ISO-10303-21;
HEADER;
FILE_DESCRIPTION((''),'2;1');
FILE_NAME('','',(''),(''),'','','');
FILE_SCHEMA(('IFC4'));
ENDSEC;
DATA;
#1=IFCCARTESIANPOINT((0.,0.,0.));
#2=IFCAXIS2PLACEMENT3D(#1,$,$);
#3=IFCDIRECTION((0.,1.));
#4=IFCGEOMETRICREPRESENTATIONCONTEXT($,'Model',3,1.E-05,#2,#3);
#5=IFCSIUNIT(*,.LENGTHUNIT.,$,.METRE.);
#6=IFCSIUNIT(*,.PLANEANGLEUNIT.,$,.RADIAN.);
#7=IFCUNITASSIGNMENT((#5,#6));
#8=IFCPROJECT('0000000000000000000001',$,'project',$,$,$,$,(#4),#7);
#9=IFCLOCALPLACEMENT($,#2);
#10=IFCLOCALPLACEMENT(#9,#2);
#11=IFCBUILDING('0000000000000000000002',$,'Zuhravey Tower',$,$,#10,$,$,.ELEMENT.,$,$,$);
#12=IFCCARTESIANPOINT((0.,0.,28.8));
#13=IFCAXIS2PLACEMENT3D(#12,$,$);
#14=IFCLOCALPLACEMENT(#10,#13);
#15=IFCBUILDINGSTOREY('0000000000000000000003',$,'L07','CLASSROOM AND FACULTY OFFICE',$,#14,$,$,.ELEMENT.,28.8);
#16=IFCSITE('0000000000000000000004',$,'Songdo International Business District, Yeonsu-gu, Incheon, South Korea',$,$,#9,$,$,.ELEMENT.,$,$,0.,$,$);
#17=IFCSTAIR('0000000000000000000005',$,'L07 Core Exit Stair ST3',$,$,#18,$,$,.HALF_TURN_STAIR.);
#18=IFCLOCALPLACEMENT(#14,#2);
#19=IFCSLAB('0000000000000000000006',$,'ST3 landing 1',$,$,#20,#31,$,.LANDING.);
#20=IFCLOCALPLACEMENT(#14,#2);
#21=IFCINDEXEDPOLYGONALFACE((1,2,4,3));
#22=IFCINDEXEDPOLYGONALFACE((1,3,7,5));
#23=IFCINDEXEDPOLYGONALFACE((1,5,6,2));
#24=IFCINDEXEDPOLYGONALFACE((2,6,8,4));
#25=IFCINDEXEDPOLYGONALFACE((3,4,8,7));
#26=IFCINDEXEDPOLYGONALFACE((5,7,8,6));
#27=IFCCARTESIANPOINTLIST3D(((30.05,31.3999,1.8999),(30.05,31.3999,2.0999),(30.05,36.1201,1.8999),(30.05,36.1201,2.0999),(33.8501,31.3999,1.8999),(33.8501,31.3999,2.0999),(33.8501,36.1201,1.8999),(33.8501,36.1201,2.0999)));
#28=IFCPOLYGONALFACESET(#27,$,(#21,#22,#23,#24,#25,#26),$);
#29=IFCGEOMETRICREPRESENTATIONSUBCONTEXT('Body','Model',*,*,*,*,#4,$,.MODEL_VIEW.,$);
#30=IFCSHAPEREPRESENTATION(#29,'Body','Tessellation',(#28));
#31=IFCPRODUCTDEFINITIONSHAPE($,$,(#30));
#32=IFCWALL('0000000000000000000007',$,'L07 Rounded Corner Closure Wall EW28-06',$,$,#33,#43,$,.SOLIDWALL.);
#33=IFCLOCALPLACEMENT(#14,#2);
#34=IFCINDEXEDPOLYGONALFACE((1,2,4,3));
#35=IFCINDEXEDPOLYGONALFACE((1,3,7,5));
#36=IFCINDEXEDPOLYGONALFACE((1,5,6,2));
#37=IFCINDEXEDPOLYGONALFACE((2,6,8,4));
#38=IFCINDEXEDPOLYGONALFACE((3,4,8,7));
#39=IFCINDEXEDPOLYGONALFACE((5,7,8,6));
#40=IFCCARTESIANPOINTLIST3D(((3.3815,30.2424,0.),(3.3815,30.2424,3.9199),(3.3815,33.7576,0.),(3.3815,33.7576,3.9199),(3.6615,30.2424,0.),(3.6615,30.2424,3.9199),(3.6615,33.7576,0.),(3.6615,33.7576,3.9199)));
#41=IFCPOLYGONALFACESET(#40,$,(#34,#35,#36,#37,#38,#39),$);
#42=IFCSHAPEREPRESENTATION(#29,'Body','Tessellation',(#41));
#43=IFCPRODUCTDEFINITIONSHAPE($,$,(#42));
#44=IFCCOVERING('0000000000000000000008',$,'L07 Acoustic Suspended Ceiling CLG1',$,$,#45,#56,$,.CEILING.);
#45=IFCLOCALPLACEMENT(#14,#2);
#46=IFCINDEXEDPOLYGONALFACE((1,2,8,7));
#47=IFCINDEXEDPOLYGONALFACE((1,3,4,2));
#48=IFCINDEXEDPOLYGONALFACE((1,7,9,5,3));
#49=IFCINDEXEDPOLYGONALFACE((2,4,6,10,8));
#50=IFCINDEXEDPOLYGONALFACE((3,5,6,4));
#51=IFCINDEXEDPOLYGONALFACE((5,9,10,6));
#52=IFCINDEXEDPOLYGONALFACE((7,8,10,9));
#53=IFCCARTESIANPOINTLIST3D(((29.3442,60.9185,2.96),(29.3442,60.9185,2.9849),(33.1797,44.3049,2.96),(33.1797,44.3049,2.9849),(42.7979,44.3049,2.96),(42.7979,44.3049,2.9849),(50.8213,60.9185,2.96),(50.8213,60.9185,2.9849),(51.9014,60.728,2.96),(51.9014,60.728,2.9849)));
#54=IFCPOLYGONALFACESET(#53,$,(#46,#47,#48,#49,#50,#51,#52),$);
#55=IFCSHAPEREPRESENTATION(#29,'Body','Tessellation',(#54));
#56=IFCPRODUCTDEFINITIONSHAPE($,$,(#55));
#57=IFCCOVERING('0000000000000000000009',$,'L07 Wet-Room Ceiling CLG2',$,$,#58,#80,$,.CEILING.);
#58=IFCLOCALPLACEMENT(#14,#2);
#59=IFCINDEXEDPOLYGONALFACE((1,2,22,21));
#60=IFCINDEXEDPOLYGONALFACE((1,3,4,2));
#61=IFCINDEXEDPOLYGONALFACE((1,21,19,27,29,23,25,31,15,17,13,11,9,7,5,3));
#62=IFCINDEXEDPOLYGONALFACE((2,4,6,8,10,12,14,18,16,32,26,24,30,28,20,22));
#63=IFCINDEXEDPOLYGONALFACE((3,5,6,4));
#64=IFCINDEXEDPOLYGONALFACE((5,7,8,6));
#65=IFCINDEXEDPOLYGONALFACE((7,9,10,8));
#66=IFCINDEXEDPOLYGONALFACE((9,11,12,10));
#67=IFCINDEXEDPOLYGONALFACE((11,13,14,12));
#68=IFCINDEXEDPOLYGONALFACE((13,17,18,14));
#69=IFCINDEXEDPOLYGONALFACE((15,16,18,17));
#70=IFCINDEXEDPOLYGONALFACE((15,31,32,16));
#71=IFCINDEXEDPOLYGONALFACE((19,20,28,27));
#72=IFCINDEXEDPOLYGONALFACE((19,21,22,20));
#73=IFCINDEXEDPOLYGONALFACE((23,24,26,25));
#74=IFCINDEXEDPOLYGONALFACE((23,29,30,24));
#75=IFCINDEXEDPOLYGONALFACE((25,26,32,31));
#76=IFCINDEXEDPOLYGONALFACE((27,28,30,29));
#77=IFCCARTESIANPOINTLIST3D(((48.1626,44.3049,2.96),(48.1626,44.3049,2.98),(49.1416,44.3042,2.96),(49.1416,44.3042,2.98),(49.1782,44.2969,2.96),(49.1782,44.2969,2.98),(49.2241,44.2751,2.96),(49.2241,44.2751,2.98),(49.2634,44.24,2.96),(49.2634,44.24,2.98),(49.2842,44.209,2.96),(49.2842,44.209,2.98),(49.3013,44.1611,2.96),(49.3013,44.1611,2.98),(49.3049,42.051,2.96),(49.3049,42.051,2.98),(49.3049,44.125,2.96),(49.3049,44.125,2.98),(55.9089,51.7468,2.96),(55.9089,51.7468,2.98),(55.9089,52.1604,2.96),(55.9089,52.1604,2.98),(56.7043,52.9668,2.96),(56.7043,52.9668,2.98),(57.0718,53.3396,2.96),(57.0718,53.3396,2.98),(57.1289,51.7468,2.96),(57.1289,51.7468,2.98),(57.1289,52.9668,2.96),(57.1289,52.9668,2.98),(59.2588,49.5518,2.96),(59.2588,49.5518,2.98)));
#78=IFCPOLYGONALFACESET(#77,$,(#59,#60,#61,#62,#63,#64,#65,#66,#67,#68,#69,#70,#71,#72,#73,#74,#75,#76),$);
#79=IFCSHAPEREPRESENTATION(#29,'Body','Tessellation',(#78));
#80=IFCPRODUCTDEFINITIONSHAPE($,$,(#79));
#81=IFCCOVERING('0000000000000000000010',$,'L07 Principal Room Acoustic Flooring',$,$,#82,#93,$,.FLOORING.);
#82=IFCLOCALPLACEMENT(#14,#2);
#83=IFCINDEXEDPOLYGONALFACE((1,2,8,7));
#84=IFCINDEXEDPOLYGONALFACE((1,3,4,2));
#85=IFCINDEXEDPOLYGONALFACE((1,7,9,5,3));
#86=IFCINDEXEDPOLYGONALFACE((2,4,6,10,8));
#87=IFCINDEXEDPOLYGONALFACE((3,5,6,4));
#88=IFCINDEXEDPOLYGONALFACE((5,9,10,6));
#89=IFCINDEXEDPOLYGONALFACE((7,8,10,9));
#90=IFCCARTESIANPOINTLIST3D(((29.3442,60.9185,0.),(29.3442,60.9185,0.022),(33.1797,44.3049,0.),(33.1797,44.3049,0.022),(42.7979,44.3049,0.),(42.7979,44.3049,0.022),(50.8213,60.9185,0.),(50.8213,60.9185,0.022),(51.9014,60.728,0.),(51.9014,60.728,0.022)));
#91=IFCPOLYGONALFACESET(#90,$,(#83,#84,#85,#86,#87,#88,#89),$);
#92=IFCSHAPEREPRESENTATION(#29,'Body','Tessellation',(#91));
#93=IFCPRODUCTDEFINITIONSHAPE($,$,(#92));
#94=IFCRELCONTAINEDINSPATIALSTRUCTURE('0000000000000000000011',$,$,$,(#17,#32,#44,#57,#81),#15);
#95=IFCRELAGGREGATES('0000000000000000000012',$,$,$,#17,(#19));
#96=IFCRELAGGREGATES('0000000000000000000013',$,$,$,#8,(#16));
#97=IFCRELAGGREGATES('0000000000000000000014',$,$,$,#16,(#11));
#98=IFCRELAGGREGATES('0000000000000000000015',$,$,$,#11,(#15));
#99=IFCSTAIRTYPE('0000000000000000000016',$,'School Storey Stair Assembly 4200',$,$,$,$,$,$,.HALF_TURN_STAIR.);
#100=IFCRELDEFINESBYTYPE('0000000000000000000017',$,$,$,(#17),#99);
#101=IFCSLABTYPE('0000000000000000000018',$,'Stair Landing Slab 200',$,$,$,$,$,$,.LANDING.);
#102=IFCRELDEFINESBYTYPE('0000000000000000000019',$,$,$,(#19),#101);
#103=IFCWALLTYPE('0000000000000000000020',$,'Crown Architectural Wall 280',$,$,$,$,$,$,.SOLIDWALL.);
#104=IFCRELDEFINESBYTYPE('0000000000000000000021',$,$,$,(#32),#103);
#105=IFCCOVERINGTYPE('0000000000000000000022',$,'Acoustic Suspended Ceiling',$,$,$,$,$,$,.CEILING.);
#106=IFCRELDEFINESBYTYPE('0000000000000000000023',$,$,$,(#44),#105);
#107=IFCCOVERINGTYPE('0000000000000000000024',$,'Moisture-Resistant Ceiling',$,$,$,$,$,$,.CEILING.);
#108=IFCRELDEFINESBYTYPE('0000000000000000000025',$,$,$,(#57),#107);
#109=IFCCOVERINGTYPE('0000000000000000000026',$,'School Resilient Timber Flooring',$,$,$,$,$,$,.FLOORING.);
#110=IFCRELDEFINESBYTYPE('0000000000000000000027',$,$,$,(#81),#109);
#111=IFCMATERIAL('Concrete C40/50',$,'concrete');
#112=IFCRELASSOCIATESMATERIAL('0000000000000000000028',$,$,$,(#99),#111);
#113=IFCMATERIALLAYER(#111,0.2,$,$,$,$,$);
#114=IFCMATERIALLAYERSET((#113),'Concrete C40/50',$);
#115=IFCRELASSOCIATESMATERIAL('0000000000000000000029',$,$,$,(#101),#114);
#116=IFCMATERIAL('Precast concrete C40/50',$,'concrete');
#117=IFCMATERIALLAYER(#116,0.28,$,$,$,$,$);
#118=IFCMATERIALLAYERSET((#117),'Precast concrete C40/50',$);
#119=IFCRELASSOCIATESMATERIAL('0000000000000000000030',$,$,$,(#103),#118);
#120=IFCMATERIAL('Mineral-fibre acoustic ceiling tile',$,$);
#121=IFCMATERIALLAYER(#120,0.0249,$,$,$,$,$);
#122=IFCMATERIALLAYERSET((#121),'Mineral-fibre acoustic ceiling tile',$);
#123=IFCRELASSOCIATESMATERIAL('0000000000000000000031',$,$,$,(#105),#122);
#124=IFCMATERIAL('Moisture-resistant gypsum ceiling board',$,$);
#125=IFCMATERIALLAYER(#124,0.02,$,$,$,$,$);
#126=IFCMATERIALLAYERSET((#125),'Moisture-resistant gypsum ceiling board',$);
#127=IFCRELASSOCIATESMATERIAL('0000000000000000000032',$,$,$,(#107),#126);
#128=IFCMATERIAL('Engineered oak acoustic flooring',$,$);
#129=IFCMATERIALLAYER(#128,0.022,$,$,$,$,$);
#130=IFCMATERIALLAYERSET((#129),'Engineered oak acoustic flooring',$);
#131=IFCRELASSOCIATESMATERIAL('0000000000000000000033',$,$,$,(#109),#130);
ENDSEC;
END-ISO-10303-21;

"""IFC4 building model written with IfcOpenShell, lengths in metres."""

from ifc_helpers import new_model, si_unit, direction, frame, frame_2d, origin, place, context, subcontext, project, spatial, polyline, rectangle, outline, extrude, material, layer, layer_set, type_object, element, aggregate, save


model = new_model("IFC4")

# Units and contexts
model_context = context("Model", 3, precision=1e-05, world=origin(), true_north=direction((0.0, 1.0)))
body_context = subcontext(model_context, "Body", "Model", "MODEL_VIEW")
ifc_project = project(units=[si_unit("LENGTHUNIT", "METRE"), si_unit("PLANEANGLEUNIT", "RADIAN")], contexts=[model_context])

# Site, building, storey
site_placement = place(None, origin())
site = spatial("IfcSite", under=ifc_project, at=site_placement, Name="Songdo International Business District, Yeonsu-gu, Incheon, South Korea", CompositionType="ELEMENT", RefElevation=0.0)
building_placement = place(site_placement, origin())
building = spatial("IfcBuilding", under=site, at=building_placement, Name="Zuhravey Tower", CompositionType="ELEMENT")
storey_placement = place(building_placement, frame((0.0, 0.0, 28.8)))
storey = spatial("IfcBuildingStorey", under=building, at=storey_placement, Name="L07", Description="CLASSROOM AND FACULTY OFFICE", CompositionType="ELEMENT", Elevation=28.8)

# Stair, slab
ifc_material_1 = material(Name="Concrete C40/50", Category="concrete")
stair_type = type_object("IfcStairType", Name="School Storey Stair Assembly 4200", PredefinedType="HALF_TURN_STAIR", material=ifc_material_1)
ifc_layer_1 = layer(ifc_material_1, 0.2)
ifc_layer_set_1 = layer_set([ifc_layer_1], Name="Concrete C40/50")
slab_type_1 = type_object("IfcSlabType", Name="Stair Landing Slab 200", PredefinedType="LANDING", material=ifc_layer_set_1)
stair_1_placement = place(storey_placement, origin())
stair_1 = element("IfcStair", 1, at=stair_1_placement, inside=storey, type_object=stair_type, Name="L07 Core Exit Stair ST3", PredefinedType="HALF_TURN_STAIR")
slab_1_placement = place(storey_placement, frame((0.0, 0.0, 1.8999)))
slab_1 = element("IfcSlab", 2, at=slab_1_placement, type_object=slab_type_1, Name="ST3 landing 1", PredefinedType="LANDING", context=body_context, shape_type="SweptSolid", body=[
    extrude(outline(polyline([(30.05, 36.1201), (30.05, 31.3999), (33.8501, 31.3999), (33.8501, 36.1201), (30.05, 36.1201)])), origin(), (0.0, 0.0, 1.0), 0.2),
])
aggregate(stair_1, [slab_1])

# Wall
ifc_material_2 = material(Name="Precast concrete C40/50", Category="concrete")
ifc_layer_2 = layer(ifc_material_2, 0.28)
ifc_layer_set_2 = layer_set([ifc_layer_2], Name="Precast concrete C40/50")
wall_type = type_object("IfcWallType", Name="Crown Architectural Wall 280", PredefinedType="SOLIDWALL", material=ifc_layer_set_2)
wall_placement = place(storey_placement, frame((3.5215, 30.2424, 0.0), z_axis=(0.0, 0.0, 1.0), x_axis=(0.0, 1.0, 0.0)))
element("IfcWall", 3, at=wall_placement, inside=storey, type_object=wall_type, Name="L07 Rounded Corner Closure Wall EW28-06", PredefinedType="SOLIDWALL", context=body_context, shape_type="SweptSolid", body=[
    extrude(rectangle(XDim=3.5151, YDim=0.28, at=frame_2d((1.7576, 0.0))), origin(), (0.0, 0.0, 1.0), 3.9199),
])

# Coverings
ifc_material_3 = material(Name="Mineral-fibre acoustic ceiling tile")
ifc_layer_3 = layer(ifc_material_3, 0.0249)
ifc_layer_set_3 = layer_set([ifc_layer_3], Name="Mineral-fibre acoustic ceiling tile")
covering_type_1 = type_object("IfcCoveringType", Name="Acoustic Suspended Ceiling", PredefinedType="CEILING", material=ifc_layer_set_3)
covering_1_placement = place(storey_placement, frame((0.0, 0.0, 2.96)))
element("IfcCovering", 4, at=covering_1_placement, inside=storey, type_object=covering_type_1, Name="L07 Acoustic Suspended Ceiling CLG1", PredefinedType="CEILING", context=body_context, shape_type="SweptSolid", body=[
    extrude(outline(polyline([(51.9014, 60.728), (42.7979, 44.3049), (33.1797, 44.3049), (29.3442, 60.9185), (50.8213, 60.9185), (51.9014, 60.728)])), origin(), (0.0, 0.0, 1.0), 0.0249),
])
ifc_material_4 = material(Name="Moisture-resistant gypsum ceiling board")
ifc_layer_4 = layer(ifc_material_4, 0.02)
ifc_layer_set_4 = layer_set([ifc_layer_4], Name="Moisture-resistant gypsum ceiling board")
covering_type_2 = type_object("IfcCoveringType", Name="Moisture-Resistant Ceiling", PredefinedType="CEILING", material=ifc_layer_set_4)
covering_2_placement = place(storey_placement, frame((0.0, 0.0, 2.96)))
element("IfcCovering", 5, at=covering_2_placement, inside=storey, type_object=covering_type_2, Name="L07 Wet-Room Ceiling CLG2", PredefinedType="CEILING", context=body_context, shape_type="SweptSolid", body=[
    extrude(outline(polyline([(49.3049, 42.051), (49.3049, 44.125), (49.3013, 44.1611), (49.2842, 44.209), (49.2634, 44.24), (49.2241, 44.2751), (49.1782, 44.2969), (49.1416, 44.3042), (48.1626, 44.3049), (55.9089, 52.1604), (55.9089, 51.7468), (57.1289, 51.7468), (57.1289, 52.9668), (56.7043, 52.9668), (57.0718, 53.3396), (59.2588, 49.5518), (49.3049, 42.051)])), origin(), (0.0, 0.0, 1.0), 0.02),
])
ifc_material_5 = material(Name="Engineered oak acoustic flooring")
ifc_layer_5 = layer(ifc_material_5, 0.022)
ifc_layer_set_5 = layer_set([ifc_layer_5], Name="Engineered oak acoustic flooring")
covering_type_3 = type_object("IfcCoveringType", Name="School Resilient Timber Flooring", PredefinedType="FLOORING", material=ifc_layer_set_5)
covering_3_placement = place(storey_placement, origin())
element("IfcCovering", 6, at=covering_3_placement, inside=storey, type_object=covering_type_3, Name="L07 Principal Room Acoustic Flooring", PredefinedType="FLOORING", context=body_context, shape_type="SweptSolid", body=[
    extrude(outline(polyline([(51.9014, 60.728), (42.7979, 44.3049), (33.1797, 44.3049), (29.3442, 60.9185), (50.8213, 60.9185), (51.9014, 60.728)])), origin(), (0.0, 0.0, 1.0), 0.022),
])

save(model, "model.ifc")
